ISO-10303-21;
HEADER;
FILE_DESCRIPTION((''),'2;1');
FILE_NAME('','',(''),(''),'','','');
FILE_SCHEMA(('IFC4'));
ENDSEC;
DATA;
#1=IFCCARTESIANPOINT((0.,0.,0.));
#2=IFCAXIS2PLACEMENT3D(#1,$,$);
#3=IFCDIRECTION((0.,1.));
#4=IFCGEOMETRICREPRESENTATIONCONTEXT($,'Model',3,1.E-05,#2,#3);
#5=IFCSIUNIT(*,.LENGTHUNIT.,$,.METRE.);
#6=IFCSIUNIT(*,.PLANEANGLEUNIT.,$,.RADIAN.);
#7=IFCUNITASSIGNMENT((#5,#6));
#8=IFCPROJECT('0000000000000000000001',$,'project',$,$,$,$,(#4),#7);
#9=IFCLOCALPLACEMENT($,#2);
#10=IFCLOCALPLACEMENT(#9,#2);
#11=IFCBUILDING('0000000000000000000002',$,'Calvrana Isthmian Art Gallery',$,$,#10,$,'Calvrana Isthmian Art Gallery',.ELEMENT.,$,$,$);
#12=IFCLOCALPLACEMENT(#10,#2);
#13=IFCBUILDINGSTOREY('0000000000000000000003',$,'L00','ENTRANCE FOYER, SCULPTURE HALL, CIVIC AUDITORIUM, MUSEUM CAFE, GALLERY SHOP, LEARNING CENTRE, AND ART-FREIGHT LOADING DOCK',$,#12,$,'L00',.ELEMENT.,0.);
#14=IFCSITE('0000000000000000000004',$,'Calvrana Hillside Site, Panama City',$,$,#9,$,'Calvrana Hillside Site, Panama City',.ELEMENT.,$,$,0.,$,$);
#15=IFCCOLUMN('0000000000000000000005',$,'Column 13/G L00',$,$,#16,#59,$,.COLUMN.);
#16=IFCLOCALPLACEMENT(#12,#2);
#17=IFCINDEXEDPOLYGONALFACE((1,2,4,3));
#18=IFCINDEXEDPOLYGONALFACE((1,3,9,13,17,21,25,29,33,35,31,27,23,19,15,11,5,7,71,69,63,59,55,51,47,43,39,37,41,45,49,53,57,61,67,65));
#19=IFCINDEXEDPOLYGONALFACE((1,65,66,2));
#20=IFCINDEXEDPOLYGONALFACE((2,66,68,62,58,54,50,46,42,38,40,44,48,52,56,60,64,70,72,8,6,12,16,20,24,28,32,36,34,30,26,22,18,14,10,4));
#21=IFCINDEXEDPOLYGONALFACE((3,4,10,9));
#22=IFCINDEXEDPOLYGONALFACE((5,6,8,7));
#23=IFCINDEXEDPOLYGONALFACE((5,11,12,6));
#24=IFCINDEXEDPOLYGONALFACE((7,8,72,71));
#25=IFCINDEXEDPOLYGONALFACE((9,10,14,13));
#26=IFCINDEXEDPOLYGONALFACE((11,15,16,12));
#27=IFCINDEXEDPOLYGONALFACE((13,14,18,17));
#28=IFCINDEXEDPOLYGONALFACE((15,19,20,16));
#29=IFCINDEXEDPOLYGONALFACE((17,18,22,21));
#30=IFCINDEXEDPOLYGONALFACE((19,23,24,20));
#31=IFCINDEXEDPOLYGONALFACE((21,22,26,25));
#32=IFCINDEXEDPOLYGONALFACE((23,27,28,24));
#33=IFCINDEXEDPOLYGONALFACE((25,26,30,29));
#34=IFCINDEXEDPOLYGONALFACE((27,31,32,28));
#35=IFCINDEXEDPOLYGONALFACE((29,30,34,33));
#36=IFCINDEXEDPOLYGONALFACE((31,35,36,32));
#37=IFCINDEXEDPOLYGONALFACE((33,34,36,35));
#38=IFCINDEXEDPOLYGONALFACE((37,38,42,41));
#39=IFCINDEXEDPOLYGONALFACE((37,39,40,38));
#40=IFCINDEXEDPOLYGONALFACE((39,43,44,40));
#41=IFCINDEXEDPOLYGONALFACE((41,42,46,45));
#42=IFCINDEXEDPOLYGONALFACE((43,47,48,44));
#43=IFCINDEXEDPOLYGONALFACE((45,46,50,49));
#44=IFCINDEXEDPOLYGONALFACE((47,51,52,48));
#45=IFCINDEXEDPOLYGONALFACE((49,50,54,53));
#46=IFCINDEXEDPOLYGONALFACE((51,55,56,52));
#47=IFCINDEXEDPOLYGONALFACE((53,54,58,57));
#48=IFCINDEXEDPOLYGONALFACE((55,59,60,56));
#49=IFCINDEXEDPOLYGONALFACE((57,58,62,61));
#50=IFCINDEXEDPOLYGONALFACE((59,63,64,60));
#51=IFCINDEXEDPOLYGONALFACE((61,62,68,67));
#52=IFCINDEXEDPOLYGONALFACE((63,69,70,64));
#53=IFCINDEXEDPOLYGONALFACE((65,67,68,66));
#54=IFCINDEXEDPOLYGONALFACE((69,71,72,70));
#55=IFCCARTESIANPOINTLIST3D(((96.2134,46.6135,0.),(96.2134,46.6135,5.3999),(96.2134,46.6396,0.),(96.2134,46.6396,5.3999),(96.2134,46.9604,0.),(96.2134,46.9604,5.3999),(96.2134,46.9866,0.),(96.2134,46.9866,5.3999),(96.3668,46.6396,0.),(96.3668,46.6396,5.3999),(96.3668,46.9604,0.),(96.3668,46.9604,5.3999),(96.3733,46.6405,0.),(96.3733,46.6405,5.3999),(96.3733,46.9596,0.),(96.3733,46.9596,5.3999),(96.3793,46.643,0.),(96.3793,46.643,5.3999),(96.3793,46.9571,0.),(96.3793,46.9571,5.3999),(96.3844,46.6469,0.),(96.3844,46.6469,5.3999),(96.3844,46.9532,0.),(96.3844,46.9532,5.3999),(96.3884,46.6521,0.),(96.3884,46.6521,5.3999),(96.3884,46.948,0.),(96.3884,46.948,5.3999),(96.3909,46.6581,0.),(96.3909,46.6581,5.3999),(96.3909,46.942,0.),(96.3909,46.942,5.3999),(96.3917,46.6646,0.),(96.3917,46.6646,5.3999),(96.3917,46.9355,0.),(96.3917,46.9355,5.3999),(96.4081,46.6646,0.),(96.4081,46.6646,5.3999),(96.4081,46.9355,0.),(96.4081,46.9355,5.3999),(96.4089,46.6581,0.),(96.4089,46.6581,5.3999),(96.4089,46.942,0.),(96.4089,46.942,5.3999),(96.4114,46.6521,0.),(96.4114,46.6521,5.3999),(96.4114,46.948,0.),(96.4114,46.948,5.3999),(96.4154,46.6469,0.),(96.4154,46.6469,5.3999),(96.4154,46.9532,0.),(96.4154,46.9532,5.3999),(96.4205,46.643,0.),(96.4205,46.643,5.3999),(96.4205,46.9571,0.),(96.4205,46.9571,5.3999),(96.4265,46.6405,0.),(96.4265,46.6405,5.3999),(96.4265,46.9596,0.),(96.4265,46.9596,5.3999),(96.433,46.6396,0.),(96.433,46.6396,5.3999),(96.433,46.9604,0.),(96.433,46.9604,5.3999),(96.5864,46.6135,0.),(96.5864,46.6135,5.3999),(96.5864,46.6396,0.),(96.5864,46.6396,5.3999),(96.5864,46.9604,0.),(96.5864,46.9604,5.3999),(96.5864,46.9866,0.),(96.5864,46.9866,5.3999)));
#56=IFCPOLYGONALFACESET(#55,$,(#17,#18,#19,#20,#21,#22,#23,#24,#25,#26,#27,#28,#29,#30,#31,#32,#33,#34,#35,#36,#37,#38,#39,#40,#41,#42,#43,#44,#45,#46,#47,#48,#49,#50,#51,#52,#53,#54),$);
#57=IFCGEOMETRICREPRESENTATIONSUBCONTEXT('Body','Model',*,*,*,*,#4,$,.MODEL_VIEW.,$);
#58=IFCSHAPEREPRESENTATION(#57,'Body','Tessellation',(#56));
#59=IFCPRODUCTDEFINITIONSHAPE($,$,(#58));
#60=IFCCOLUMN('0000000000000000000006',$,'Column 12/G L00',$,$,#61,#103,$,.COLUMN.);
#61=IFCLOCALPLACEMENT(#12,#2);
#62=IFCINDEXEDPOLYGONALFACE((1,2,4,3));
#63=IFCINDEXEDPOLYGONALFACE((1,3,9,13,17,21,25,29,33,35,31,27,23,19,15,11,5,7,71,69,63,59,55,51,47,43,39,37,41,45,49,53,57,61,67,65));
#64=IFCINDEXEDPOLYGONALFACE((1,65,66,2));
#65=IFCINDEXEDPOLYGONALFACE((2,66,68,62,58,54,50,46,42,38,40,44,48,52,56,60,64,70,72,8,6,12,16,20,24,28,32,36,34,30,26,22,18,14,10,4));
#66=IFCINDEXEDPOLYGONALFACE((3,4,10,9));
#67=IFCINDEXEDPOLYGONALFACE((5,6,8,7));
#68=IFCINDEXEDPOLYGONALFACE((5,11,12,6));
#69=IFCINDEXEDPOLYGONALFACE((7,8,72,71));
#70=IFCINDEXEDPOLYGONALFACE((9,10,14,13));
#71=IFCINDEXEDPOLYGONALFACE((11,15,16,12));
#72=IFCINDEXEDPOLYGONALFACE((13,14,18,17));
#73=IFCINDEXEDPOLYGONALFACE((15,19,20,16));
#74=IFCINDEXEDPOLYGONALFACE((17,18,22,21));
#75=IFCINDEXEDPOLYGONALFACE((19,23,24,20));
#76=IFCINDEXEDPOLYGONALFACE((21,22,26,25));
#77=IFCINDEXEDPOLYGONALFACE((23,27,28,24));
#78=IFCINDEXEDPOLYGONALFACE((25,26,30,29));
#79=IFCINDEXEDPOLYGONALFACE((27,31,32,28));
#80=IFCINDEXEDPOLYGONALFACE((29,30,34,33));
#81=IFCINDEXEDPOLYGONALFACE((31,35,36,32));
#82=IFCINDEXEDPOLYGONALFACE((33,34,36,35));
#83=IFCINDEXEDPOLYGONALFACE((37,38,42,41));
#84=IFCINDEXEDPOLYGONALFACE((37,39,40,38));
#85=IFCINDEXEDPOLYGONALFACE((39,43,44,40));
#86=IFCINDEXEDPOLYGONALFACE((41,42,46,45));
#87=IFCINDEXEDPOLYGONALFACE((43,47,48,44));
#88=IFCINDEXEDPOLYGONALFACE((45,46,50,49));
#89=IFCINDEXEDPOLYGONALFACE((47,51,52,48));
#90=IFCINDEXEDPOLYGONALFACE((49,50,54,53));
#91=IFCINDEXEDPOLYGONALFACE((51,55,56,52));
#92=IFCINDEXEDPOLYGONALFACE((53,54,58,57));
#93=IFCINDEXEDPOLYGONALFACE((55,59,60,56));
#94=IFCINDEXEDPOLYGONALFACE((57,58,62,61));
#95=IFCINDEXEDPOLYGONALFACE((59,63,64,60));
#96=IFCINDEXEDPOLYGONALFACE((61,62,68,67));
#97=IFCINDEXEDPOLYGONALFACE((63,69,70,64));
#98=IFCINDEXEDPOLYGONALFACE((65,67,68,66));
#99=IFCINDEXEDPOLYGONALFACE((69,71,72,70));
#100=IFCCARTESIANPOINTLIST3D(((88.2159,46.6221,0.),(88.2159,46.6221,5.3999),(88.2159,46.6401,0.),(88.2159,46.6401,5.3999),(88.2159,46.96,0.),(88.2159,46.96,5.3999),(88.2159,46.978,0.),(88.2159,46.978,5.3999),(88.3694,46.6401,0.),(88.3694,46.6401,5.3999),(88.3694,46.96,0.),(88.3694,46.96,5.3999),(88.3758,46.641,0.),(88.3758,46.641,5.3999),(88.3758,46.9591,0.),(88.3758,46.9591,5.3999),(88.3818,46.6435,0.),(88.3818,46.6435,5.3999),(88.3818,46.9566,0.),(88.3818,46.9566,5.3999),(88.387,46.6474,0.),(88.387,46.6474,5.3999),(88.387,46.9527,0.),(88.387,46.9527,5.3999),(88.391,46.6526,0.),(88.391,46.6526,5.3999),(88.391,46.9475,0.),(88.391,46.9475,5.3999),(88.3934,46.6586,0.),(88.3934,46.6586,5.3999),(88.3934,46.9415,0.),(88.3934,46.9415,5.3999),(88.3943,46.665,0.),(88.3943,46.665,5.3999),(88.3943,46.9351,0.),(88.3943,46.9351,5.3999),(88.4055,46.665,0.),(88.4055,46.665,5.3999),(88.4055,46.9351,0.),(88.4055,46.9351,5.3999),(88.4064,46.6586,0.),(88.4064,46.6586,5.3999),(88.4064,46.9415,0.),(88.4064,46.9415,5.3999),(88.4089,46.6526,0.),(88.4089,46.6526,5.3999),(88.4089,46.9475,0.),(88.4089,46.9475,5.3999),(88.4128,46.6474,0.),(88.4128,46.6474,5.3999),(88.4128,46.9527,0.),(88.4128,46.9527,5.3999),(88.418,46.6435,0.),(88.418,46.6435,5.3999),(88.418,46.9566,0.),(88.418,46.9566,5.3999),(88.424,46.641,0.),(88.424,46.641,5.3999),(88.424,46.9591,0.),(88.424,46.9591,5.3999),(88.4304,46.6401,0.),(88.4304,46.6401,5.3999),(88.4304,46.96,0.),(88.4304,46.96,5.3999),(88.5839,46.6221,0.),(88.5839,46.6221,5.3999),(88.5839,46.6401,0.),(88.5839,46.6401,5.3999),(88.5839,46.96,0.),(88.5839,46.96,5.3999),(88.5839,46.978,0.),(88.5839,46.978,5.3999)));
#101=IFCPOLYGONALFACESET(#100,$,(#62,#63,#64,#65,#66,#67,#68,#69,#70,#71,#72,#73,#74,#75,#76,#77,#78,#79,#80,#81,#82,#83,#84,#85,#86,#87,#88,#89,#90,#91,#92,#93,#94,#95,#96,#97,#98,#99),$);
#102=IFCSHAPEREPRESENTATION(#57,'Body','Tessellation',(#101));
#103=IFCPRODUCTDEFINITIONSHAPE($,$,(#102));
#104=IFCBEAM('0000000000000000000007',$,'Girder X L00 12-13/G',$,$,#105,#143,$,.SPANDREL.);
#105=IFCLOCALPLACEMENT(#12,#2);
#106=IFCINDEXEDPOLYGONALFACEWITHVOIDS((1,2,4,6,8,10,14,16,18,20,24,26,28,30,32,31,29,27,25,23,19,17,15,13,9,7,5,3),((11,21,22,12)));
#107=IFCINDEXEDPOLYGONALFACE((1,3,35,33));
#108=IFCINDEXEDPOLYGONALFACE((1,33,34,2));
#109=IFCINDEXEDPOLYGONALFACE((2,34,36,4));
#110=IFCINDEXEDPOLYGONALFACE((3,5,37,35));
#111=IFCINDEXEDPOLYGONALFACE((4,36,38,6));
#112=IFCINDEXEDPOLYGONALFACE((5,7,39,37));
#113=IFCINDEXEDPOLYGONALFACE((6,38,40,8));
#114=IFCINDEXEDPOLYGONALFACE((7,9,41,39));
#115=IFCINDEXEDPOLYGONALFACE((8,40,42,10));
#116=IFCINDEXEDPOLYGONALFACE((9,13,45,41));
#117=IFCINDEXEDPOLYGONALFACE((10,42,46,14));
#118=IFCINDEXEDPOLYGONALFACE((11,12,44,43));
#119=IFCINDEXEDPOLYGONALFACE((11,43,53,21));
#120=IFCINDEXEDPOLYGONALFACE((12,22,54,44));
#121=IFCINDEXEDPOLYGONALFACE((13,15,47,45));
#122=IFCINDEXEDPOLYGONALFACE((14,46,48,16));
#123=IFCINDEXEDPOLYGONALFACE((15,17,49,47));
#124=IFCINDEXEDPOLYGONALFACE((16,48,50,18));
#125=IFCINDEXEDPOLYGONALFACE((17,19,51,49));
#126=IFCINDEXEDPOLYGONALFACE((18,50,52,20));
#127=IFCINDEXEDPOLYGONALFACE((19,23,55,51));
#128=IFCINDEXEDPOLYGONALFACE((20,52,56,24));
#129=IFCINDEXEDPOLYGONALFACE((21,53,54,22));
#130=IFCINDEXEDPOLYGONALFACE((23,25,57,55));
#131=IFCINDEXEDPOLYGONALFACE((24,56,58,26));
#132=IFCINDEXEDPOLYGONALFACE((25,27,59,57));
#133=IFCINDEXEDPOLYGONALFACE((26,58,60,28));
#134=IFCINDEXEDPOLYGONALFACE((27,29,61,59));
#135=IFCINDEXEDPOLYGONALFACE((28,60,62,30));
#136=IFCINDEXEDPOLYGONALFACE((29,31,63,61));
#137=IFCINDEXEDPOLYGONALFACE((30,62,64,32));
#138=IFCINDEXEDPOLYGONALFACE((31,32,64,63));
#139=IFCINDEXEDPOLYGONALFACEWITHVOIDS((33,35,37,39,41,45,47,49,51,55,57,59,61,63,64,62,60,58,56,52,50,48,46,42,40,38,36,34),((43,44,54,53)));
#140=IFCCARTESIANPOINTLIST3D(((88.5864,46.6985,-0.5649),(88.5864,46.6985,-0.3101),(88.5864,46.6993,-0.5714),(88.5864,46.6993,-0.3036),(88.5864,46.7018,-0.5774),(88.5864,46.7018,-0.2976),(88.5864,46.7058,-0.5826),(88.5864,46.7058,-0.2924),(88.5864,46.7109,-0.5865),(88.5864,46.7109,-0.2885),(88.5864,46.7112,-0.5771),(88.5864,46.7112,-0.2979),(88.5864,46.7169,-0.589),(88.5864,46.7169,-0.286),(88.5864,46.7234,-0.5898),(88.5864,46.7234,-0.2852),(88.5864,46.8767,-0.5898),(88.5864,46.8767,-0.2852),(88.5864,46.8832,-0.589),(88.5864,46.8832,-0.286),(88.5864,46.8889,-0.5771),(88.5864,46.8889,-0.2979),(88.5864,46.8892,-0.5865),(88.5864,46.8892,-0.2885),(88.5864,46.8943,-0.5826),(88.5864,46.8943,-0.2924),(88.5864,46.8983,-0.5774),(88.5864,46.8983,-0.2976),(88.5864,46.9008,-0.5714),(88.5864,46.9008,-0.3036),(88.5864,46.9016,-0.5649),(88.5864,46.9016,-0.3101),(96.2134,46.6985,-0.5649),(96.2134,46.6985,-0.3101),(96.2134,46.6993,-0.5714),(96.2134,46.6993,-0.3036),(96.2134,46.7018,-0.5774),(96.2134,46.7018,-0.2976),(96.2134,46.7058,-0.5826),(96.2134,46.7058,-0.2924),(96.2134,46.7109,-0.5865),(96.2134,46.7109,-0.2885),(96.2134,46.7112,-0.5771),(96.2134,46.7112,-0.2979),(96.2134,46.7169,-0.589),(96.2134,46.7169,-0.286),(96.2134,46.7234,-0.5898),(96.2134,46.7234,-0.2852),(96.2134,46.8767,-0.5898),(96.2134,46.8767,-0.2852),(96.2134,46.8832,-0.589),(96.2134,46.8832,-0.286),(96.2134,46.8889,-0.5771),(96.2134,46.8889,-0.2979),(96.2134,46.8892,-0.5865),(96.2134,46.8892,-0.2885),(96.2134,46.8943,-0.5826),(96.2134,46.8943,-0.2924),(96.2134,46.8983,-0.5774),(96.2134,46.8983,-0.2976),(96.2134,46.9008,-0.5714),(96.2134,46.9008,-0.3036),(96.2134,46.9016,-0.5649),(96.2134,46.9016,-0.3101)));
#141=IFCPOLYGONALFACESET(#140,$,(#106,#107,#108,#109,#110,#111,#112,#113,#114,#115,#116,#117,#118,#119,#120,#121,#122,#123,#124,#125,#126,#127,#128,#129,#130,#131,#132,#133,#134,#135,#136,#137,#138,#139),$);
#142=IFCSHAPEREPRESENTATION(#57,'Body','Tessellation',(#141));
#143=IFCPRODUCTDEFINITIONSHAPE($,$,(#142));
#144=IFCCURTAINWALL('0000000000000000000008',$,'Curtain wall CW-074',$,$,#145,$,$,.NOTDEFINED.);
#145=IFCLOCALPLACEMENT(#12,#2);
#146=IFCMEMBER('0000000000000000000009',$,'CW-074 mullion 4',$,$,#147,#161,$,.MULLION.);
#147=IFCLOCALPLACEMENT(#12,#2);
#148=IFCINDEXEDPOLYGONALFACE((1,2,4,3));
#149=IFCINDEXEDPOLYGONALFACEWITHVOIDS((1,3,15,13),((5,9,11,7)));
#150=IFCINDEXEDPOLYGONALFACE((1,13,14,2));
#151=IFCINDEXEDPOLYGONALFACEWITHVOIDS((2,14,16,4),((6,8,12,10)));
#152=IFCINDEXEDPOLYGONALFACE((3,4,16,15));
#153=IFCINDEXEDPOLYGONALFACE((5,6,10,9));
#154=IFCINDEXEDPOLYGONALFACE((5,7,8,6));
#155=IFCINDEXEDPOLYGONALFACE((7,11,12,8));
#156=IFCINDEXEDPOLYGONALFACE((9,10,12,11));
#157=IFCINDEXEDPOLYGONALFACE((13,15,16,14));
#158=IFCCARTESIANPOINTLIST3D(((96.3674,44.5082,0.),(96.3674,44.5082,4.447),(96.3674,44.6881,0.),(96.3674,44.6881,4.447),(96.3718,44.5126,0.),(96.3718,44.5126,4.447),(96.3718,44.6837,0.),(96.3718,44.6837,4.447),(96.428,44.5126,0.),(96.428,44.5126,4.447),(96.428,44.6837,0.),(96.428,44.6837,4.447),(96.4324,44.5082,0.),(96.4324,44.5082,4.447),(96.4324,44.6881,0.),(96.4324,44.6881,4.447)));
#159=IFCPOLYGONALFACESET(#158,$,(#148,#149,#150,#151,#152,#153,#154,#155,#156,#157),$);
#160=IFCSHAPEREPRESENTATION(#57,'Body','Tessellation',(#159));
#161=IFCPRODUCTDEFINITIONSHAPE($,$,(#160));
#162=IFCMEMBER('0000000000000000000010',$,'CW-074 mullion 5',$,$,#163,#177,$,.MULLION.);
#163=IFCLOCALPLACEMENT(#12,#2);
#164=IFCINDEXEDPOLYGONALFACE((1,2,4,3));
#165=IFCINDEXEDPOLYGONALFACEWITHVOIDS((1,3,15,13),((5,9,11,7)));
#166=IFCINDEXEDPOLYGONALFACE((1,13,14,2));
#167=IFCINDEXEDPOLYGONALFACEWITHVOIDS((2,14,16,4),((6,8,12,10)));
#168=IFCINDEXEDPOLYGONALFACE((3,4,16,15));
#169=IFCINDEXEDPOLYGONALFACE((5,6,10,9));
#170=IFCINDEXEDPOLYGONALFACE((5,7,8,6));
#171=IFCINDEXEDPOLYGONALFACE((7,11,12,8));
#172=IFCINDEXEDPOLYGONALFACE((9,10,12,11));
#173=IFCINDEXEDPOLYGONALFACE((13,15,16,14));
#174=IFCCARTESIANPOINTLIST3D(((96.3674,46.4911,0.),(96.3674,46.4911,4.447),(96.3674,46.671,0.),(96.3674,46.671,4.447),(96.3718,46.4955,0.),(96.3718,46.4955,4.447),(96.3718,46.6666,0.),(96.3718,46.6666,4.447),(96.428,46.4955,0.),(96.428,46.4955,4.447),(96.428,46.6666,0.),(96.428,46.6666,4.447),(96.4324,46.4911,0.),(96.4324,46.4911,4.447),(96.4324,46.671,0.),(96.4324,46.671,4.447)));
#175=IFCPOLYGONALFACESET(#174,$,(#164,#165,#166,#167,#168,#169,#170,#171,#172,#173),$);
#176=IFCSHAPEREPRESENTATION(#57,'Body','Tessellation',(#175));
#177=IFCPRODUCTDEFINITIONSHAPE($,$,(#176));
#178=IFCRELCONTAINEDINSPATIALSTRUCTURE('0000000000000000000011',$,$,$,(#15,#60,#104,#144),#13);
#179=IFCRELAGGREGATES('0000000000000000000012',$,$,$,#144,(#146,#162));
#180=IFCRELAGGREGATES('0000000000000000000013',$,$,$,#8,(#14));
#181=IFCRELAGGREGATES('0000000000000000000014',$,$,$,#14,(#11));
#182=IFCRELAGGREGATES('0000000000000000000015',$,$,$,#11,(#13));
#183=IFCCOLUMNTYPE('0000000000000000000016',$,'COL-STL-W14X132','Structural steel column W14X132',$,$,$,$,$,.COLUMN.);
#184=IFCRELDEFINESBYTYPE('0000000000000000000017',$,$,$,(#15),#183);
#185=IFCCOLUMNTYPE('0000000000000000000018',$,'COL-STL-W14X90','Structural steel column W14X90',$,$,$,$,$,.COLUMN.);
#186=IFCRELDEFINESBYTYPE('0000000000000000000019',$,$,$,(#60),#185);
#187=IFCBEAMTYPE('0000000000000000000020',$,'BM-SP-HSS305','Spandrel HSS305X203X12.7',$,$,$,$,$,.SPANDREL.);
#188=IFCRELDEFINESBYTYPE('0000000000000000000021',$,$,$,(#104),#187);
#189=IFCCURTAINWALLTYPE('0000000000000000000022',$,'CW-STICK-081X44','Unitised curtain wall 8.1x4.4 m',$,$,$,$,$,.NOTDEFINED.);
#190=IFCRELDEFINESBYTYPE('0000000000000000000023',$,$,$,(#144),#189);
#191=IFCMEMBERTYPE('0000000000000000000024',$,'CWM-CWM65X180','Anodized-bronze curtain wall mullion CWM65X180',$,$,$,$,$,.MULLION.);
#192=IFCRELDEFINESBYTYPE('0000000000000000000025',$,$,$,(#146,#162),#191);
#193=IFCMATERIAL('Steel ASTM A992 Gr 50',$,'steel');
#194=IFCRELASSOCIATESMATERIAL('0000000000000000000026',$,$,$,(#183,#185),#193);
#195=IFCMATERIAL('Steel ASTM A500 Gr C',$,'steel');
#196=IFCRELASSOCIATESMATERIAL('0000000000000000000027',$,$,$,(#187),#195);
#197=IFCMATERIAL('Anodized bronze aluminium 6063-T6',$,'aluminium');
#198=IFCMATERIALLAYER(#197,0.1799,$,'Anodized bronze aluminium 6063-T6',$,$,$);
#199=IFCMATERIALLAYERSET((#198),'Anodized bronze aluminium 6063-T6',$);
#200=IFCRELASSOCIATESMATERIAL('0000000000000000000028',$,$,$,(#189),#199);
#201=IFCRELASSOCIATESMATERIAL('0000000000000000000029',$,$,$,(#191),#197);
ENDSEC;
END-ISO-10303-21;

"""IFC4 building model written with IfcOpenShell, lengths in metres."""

from ifc_helpers import new_model, si_unit, direction, frame, origin, origin_2d, place, context, subcontext, project, spatial, hollow_rectangle, i_section, extrude, material, layer, layer_set, material_profile, profile_set, type_object, element, aggregate, save


model = new_model("IFC4")

# Units and contexts
model_context = context("Model", 3, precision=1e-05, world=origin(), true_north=direction((0.0, 1.0)))
body_context = subcontext(model_context, "Body", "Model", "MODEL_VIEW")
ifc_project = project(units=[si_unit("LENGTHUNIT", "METRE"), si_unit("PLANEANGLEUNIT", "RADIAN")], contexts=[model_context])

# Site, building, storey
site_placement = place(None, origin())
site = spatial("IfcSite", under=ifc_project, at=site_placement, Name="Calvrana Hillside Site, Panama City", LongName="Calvrana Hillside Site, Panama City", CompositionType="ELEMENT", RefElevation=0.0)
building_placement = place(site_placement, origin())
building = spatial("IfcBuilding", under=site, at=building_placement, Name="Calvrana Isthmian Art Gallery", LongName="Calvrana Isthmian Art Gallery", CompositionType="ELEMENT")
storey_placement = place(building_placement, origin())
storey = spatial("IfcBuildingStorey", under=building, at=storey_placement, Name="L00", Description="ENTRANCE FOYER, SCULPTURE HALL, CIVIC AUDITORIUM, MUSEUM CAFE, GALLERY SHOP, LEARNING CENTRE, AND ART-FREIGHT LOADING DOCK", LongName="L00", CompositionType="ELEMENT", Elevation=0.0)

# Columns
ifc_material_1 = material(Name="Steel ASTM A992 Gr 50", Category="steel")
ifc_material_profile_1 = material_profile(ifc_material_1, i_section(OverallWidth=0.373, OverallDepth=0.373, WebThickness=0.0164, FlangeThickness=0.0261, FilletRadius=0.0249, at=origin_2d()), Name="W14X132")
ifc_profile_set_1 = profile_set([ifc_material_profile_1], Name="Steel ASTM A992 Gr 50")
column_type_1 = type_object("IfcColumnType", Name="COL-STL-W14X132", Description="Structural steel column W14X132", PredefinedType="COLUMN", material=ifc_profile_set_1)
column_1_placement = place(storey_placement, frame((96.3999, 46.8, 0.0), z_axis=(0.0, 0.0, 1.0), x_axis=(1.0, 0.0, 0.0)))
element("IfcColumn", 1, at=column_1_placement, inside=storey, type_object=column_type_1, Name="Column 13/G L00", PredefinedType="COLUMN", context=body_context, shape_type="SweptSolid", body=[
    extrude(i_section(OverallWidth=0.373, OverallDepth=0.373, WebThickness=0.0164, FlangeThickness=0.0261, FilletRadius=0.0249, at=origin_2d()), origin(), (0.0, 0.0, 1.0), 5.3999),
])
ifc_material_profile_2 = material_profile(ifc_material_1, i_section(OverallWidth=0.3679, OverallDepth=0.356, WebThickness=0.0112, FlangeThickness=0.0181, FilletRadius=0.0249, at=origin_2d()), Name="W14X90")
ifc_profile_set_2 = profile_set([ifc_material_profile_2], Name="Steel ASTM A992 Gr 50")
column_type_2 = type_object("IfcColumnType", Name="COL-STL-W14X90", Description="Structural steel column W14X90", PredefinedType="COLUMN", material=ifc_profile_set_2)
column_2_placement = place(storey_placement, frame((88.3999, 46.8, 0.0), z_axis=(0.0, 0.0, 1.0), x_axis=(1.0, 0.0, 0.0)))
element("IfcColumn", 2, at=column_2_placement, inside=storey, type_object=column_type_2, Name="Column 12/G L00", PredefinedType="COLUMN", context=body_context, shape_type="SweptSolid", body=[
    extrude(i_section(OverallWidth=0.3679, OverallDepth=0.356, WebThickness=0.0112, FlangeThickness=0.0181, FilletRadius=0.0249, at=origin_2d()), origin(), (0.0, 0.0, 1.0), 5.3999),
])

# Beam
ifc_material_2 = material(Name="Steel ASTM A500 Gr C", Category="steel")
ifc_material_profile_3 = material_profile(ifc_material_2, hollow_rectangle(XDim=0.2031, YDim=0.3047, WallThickness=0.0127, OuterFilletRadius=0.0249, at=origin_2d()), Name="HSS305X203X12.7")
ifc_profile_set_3 = profile_set([ifc_material_profile_3], Name="Steel ASTM A500 Gr C")
beam_type = type_object("IfcBeamType", Name="BM-SP-HSS305", Description="Spandrel HSS305X203X12.7", PredefinedType="SPANDREL", material=ifc_profile_set_3)
beam_placement = place(storey_placement, frame((88.5864, 46.8, -0.4375), z_axis=(1.0, 0.0, 0.0), x_axis=(0.0, 1.0, 0.0)))
element("IfcBeam", 3, at=beam_placement, inside=storey, type_object=beam_type, Name="Girder X L00 12-13/G", PredefinedType="SPANDREL", context=body_context, shape_type="SweptSolid", body=[
    extrude(hollow_rectangle(XDim=0.2031, YDim=0.3047, WallThickness=0.0127, OuterFilletRadius=0.0249, at=origin_2d()), origin(), (0.0, 0.0, 1.0), 7.627),
])

# Curtain wall, members
ifc_material_3 = material(Name="Anodized bronze aluminium 6063-T6", Category="aluminium")
ifc_layer_1 = layer(ifc_material_3, 0.1799, Name="Anodized bronze aluminium 6063-T6")
ifc_layer_set_1 = layer_set([ifc_layer_1], Name="Anodized bronze aluminium 6063-T6")
curtain_wall_type_1 = type_object("IfcCurtainWallType", Name="CW-STICK-081X44", Description="Unitised curtain wall 8.1x4.4 m", PredefinedType="NOTDEFINED", material=ifc_layer_set_1)
curtain_wall_1_placement = place(storey_placement, origin())
curtain_wall_1 = element("IfcCurtainWall", 4, at=curtain_wall_1_placement, inside=storey, type_object=curtain_wall_type_1, Name="Curtain wall CW-074", PredefinedType="NOTDEFINED")
ifc_material_profile_4 = material_profile(ifc_material_3, hollow_rectangle(XDim=0.0649, YDim=0.1799, WallThickness=0.0044, at=origin_2d()), Name="CWM65X180")
ifc_profile_set_4 = profile_set([ifc_material_profile_4], Name="Anodized bronze aluminium 6063-T6")
member_type_1 = type_object("IfcMemberType", Name="CWM-CWM65X180", Description="Anodized-bronze curtain wall mullion CWM65X180", PredefinedType="MULLION", material=ifc_profile_set_4)
member_1_placement = place(storey_placement, frame((96.3999, 44.5981, 0.0), z_axis=(0.0, 0.0, 1.0), x_axis=(-1.0, 0.0, 0.0)))
member_1 = element("IfcMember", 5, at=member_1_placement, type_object=member_type_1, Name="CW-074 mullion 4", PredefinedType="MULLION", context=body_context, shape_type="SweptSolid", body=[
    extrude(hollow_rectangle(XDim=0.0649, YDim=0.1799, WallThickness=0.0044, at=origin_2d()), origin(), (0.0, 0.0, 1.0), 4.447),
])
member_2_placement = place(storey_placement, frame((96.3999, 46.5811, 0.0), z_axis=(0.0, 0.0, 1.0), x_axis=(-1.0, 0.0, 0.0)))
member_2 = element("IfcMember", 6, at=member_2_placement, type_object=member_type_1, Name="CW-074 mullion 5", PredefinedType="MULLION", context=body_context, shape_type="SweptSolid", body=[
    extrude(hollow_rectangle(XDim=0.0649, YDim=0.1799, WallThickness=0.0044, at=origin_2d()), origin(), (0.0, 0.0, 1.0), 4.447),
])

aggregate(curtain_wall_1, [member_1, member_2])

save(model, "model.ifc")
